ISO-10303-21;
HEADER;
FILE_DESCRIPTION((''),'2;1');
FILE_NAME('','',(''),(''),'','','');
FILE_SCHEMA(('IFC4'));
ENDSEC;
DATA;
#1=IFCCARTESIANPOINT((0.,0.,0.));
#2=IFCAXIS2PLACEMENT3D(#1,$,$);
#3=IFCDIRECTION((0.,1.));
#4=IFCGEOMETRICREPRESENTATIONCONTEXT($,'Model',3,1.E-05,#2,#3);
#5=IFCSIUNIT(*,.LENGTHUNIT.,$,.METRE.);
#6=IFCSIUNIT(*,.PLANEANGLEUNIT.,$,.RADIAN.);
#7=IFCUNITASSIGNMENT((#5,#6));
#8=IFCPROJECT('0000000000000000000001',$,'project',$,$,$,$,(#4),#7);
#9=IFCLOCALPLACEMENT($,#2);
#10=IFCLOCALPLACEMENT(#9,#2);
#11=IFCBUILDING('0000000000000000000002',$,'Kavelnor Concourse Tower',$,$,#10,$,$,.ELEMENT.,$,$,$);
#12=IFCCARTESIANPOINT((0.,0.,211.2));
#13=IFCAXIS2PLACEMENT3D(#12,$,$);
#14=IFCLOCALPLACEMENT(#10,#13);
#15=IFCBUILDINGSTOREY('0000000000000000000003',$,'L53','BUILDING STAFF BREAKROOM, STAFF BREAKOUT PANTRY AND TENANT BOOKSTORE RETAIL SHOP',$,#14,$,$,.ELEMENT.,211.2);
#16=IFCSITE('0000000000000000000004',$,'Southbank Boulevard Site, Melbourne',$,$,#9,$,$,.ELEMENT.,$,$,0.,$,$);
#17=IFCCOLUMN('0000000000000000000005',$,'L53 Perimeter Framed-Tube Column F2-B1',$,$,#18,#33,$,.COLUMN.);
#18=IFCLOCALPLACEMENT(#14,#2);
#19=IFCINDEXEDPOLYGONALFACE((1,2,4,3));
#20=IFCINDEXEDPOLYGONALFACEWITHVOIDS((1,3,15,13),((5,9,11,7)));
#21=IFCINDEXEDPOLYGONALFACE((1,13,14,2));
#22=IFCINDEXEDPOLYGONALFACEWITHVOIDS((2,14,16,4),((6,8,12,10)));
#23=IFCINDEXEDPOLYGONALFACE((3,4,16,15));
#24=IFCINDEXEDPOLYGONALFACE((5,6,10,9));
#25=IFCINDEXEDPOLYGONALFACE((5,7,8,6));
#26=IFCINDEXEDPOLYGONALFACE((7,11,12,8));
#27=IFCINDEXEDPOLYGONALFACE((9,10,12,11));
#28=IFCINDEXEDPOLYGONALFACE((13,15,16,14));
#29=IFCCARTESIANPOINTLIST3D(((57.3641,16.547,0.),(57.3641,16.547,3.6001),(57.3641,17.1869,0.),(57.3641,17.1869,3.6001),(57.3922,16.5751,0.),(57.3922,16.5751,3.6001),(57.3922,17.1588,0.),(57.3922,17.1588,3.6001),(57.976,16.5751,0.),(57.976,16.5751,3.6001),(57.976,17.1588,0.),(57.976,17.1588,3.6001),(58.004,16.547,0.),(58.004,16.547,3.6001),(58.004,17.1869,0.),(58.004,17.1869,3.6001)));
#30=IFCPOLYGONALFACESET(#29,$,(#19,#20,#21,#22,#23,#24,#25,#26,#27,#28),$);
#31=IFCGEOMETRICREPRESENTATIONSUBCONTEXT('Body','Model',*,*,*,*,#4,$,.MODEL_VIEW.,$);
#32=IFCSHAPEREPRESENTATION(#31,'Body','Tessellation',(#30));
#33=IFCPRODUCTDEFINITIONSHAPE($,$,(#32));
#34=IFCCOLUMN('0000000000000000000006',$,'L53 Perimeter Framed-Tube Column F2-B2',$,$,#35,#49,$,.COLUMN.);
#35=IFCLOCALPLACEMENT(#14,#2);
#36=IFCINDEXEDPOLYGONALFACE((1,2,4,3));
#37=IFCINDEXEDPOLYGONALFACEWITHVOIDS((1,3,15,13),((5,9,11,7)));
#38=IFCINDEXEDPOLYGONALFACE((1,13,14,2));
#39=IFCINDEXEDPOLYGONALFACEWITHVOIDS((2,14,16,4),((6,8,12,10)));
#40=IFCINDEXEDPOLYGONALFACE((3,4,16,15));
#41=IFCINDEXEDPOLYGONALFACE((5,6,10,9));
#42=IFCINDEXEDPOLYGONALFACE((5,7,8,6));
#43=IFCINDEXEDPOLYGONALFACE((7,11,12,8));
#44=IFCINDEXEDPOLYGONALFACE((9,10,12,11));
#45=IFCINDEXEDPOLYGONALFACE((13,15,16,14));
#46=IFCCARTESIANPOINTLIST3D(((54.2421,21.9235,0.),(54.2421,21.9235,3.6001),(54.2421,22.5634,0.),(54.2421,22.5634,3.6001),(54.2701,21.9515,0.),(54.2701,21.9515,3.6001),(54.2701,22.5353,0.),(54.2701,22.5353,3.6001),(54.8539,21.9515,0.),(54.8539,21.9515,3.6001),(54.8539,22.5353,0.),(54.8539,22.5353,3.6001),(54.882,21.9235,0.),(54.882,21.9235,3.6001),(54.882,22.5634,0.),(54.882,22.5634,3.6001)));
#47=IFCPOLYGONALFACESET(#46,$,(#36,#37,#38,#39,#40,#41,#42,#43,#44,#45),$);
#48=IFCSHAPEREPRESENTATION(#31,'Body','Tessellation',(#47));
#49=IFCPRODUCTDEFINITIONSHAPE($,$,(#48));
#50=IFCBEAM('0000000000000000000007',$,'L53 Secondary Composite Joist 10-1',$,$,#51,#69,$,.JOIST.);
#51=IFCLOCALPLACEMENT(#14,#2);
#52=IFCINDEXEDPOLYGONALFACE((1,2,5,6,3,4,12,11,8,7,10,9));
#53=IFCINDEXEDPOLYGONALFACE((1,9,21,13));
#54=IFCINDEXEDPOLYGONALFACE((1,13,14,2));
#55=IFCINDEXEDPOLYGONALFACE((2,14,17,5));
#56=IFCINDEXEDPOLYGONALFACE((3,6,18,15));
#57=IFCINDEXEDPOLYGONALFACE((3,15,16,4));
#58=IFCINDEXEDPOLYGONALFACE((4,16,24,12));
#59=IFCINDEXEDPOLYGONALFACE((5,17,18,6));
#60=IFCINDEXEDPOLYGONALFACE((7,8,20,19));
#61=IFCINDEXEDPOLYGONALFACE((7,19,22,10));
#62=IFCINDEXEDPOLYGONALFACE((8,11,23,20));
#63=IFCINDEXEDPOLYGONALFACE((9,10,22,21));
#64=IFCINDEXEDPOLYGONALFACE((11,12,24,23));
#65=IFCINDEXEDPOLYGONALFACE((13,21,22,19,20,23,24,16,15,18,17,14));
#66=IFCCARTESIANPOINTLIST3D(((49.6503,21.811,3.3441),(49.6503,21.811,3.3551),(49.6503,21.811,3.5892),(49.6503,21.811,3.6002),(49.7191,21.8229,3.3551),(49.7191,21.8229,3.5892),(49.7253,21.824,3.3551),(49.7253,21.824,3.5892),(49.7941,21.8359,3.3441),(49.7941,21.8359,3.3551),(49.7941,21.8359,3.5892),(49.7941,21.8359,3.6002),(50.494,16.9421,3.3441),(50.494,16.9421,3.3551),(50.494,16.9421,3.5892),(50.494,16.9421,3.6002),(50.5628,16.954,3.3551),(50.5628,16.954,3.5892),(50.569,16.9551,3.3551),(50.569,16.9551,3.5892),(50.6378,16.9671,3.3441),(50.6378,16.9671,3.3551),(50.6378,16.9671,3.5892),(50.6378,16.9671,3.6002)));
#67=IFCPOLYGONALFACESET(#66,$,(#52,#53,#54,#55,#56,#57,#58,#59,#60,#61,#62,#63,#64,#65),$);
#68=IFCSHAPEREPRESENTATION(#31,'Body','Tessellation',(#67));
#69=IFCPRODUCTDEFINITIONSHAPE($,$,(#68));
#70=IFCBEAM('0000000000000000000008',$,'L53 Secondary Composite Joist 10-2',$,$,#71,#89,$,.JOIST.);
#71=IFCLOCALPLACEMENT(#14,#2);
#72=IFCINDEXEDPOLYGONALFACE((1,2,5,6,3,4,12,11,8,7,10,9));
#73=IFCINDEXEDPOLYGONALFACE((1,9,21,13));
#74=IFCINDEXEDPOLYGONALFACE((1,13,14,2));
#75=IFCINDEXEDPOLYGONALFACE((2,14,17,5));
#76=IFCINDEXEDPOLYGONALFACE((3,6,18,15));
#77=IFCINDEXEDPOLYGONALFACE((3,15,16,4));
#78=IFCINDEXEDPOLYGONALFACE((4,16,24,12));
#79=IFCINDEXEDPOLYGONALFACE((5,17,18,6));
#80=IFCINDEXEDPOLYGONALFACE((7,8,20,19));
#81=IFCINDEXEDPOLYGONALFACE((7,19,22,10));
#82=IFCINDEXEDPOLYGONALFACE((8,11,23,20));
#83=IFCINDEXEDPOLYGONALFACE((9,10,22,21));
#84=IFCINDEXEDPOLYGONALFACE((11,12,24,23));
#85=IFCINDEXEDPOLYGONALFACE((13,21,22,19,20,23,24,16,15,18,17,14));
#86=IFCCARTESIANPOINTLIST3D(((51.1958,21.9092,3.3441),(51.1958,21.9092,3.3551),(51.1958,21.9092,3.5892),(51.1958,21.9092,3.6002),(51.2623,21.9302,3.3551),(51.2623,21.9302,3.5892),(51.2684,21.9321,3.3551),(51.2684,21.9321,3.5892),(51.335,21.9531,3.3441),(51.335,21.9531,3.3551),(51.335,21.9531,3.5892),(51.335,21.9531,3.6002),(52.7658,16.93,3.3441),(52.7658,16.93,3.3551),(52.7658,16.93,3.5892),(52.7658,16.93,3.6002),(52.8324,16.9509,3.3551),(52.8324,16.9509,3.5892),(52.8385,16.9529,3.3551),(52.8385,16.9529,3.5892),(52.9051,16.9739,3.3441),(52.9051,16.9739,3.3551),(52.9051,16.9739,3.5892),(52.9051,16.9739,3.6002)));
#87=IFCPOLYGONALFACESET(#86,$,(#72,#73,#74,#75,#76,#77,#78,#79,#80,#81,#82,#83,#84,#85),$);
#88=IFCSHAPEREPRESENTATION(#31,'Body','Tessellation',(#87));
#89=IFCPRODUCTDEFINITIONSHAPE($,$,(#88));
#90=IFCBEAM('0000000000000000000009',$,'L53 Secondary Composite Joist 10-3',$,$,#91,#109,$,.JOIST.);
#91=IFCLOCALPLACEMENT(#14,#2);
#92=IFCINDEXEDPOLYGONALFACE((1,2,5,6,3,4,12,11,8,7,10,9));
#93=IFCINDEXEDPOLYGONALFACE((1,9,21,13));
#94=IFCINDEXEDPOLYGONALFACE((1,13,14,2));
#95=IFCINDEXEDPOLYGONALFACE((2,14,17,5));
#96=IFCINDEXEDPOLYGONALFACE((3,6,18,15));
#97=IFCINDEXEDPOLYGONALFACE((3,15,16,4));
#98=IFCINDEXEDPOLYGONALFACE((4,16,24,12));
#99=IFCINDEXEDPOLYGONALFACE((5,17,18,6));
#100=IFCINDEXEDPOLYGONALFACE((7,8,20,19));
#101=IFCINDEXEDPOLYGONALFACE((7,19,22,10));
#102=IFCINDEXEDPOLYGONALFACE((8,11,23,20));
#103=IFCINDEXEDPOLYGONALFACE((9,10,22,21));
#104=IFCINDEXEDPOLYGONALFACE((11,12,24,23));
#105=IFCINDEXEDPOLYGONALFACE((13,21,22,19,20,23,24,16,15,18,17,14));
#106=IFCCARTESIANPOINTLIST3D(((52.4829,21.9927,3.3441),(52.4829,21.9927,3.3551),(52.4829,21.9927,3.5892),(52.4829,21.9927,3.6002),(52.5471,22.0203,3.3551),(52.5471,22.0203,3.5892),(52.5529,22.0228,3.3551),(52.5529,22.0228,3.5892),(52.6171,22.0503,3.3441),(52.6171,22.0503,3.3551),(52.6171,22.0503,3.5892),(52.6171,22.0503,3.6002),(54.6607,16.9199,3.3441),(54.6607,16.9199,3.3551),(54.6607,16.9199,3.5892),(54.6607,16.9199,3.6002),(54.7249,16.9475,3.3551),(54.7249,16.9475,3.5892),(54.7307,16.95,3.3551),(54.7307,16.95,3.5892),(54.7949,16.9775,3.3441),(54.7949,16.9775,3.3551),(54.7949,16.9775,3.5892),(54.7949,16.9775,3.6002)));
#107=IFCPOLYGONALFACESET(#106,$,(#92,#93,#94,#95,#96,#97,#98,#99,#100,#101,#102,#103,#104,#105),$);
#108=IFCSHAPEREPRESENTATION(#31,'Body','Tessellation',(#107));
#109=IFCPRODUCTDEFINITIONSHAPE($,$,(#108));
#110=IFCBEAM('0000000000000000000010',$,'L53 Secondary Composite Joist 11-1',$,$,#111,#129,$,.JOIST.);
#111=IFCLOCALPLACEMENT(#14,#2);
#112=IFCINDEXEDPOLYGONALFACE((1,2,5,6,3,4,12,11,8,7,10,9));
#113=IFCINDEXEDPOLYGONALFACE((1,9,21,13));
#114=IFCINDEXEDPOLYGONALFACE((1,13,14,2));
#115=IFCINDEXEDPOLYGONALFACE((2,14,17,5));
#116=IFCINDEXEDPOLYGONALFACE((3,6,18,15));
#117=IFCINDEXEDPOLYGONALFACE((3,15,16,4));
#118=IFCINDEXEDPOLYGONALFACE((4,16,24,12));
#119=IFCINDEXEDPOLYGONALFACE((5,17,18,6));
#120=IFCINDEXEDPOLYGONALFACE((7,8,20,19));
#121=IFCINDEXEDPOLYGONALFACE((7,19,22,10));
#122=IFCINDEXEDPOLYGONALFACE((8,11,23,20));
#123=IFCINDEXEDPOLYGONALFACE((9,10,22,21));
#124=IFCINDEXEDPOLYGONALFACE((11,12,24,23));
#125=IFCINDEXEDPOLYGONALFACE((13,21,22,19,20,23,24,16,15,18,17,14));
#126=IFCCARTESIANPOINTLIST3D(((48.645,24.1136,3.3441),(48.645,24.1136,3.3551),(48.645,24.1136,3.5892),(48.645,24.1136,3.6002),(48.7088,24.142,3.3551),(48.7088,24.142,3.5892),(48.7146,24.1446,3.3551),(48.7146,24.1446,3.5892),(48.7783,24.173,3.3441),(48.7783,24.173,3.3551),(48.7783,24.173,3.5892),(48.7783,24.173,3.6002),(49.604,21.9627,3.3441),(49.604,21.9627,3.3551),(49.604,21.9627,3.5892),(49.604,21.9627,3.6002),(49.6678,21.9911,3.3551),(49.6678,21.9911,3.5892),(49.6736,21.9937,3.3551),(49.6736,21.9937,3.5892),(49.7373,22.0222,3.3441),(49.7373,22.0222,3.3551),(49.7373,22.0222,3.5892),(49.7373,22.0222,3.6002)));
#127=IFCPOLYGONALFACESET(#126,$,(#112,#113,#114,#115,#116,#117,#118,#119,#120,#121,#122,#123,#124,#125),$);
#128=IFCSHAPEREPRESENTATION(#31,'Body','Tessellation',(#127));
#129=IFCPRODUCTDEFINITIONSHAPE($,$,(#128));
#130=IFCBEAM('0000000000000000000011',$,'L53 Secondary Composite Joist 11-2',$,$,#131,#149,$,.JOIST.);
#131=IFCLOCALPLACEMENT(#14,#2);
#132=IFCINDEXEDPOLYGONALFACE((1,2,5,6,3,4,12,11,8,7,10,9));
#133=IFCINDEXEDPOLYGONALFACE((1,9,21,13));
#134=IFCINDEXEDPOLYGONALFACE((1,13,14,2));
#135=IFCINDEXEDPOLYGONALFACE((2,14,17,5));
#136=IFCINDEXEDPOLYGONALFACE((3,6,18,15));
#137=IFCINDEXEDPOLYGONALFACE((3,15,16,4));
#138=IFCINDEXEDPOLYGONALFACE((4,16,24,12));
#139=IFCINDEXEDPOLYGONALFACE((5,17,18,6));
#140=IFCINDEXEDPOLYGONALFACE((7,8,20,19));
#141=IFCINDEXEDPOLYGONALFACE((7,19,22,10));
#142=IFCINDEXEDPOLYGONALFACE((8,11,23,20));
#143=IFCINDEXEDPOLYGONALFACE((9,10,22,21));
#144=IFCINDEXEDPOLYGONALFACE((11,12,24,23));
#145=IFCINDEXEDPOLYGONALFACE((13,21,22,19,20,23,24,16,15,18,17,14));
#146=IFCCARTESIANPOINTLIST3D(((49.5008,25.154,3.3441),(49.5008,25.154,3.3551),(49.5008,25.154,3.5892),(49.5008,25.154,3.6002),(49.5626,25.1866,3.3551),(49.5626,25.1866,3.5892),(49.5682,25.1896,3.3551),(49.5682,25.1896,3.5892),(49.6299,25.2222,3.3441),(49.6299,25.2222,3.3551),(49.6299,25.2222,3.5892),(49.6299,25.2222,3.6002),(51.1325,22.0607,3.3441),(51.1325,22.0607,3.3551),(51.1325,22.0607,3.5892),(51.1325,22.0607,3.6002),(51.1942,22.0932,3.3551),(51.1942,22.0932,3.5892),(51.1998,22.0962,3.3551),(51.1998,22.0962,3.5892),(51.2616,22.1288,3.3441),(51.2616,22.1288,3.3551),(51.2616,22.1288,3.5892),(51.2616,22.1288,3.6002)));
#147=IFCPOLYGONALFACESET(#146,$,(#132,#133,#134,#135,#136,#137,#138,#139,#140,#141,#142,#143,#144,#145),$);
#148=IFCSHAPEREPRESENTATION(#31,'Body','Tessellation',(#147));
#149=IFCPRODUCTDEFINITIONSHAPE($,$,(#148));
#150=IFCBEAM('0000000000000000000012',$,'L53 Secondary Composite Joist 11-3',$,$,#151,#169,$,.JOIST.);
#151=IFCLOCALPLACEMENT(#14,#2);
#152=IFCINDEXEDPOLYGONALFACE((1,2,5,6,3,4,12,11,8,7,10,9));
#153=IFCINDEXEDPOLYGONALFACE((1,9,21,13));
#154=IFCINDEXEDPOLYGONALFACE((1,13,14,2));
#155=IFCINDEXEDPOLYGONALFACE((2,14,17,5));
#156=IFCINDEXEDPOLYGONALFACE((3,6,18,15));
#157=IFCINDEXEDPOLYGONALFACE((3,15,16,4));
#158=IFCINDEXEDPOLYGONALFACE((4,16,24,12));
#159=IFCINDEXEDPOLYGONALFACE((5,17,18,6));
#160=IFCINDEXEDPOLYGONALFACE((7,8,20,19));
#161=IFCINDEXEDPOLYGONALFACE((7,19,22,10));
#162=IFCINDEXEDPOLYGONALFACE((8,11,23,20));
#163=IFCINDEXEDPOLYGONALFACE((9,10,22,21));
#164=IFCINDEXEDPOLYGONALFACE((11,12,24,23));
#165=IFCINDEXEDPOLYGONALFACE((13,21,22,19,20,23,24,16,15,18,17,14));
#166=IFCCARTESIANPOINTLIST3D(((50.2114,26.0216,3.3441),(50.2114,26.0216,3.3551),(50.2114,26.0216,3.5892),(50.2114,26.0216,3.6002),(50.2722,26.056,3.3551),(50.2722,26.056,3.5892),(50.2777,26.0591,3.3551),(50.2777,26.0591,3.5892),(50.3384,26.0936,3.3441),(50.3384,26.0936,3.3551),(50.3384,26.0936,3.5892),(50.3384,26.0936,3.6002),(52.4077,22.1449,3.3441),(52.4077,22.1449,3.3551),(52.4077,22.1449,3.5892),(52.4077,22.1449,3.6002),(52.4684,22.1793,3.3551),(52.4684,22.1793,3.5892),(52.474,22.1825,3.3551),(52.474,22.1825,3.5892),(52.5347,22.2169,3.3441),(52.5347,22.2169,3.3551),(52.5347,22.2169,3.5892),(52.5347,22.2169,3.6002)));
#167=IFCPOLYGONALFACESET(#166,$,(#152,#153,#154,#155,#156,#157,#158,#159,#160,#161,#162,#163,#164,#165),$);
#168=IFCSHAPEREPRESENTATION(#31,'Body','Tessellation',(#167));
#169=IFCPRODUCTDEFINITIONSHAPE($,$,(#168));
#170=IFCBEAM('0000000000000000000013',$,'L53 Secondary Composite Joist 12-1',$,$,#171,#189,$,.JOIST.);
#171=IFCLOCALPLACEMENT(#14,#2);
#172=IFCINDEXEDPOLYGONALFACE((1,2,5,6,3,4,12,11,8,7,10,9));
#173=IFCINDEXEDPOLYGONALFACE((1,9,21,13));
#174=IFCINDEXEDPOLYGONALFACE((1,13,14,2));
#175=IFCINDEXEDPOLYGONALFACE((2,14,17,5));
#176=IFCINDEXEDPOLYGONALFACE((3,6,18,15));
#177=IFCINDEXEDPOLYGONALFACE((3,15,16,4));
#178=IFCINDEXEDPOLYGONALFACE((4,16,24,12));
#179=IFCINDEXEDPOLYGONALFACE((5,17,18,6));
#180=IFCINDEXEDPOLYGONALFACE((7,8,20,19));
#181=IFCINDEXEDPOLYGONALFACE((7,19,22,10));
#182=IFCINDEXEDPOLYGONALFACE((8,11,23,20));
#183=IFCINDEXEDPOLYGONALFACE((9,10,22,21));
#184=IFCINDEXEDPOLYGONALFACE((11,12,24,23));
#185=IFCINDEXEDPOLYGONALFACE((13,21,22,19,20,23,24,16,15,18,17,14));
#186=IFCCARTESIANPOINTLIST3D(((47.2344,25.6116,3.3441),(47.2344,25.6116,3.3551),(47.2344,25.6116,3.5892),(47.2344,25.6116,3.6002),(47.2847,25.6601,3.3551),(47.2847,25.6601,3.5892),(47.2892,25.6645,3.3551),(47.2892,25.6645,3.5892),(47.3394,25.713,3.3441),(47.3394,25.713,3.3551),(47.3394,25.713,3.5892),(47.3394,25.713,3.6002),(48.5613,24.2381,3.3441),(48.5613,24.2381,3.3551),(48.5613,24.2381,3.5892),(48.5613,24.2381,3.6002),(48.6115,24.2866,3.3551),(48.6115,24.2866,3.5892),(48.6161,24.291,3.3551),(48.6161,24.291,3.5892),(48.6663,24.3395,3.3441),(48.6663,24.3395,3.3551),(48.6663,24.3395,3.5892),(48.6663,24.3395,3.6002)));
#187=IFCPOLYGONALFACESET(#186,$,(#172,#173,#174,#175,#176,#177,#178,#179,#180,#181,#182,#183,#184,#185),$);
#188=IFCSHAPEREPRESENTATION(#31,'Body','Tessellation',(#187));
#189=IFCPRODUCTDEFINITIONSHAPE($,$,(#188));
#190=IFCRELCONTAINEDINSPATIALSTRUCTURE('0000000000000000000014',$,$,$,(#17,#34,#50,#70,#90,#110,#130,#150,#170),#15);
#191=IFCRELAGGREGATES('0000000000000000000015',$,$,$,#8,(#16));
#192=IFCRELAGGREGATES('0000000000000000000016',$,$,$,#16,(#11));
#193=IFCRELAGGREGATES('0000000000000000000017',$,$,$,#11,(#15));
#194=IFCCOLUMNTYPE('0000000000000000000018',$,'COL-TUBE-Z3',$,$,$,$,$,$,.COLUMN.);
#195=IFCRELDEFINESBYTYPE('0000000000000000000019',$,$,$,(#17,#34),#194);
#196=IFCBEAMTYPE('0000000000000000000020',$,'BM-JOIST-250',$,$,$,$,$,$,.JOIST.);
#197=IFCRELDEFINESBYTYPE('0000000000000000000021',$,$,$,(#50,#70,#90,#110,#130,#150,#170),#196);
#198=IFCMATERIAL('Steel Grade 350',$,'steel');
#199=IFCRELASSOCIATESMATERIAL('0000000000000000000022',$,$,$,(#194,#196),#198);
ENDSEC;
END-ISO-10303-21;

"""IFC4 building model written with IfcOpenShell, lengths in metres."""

from ifc_helpers import new_model, si_unit, direction, frame, origin, origin_2d, place, context, subcontext, project, spatial, hollow_rectangle, i_section, extrude, material, material_profile, profile_set, type_object, element, save


model = new_model("IFC4")

# Units and contexts
model_context = context("Model", 3, precision=1e-05, world=origin(), true_north=direction((0.0, 1.0)))
body_context = subcontext(model_context, "Body", "Model", "MODEL_VIEW")
ifc_project = project(units=[si_unit("LENGTHUNIT", "METRE"), si_unit("PLANEANGLEUNIT", "RADIAN")], contexts=[model_context])

# Site, building, storey
site_placement = place(None, origin())
site = spatial("IfcSite", under=ifc_project, at=site_placement, Name="Southbank Boulevard Site, Melbourne", CompositionType="ELEMENT", RefElevation=0.0)
building_placement = place(site_placement, origin())
building = spatial("IfcBuilding", under=site, at=building_placement, Name="Kavelnor Concourse Tower", CompositionType="ELEMENT")
storey_placement = place(building_placement, frame((0.0, 0.0, 211.2)))
storey = spatial("IfcBuildingStorey", under=building, at=storey_placement, Name="L53", Description="BUILDING STAFF BREAKROOM, STAFF BREAKOUT PANTRY AND TENANT BOOKSTORE RETAIL SHOP", CompositionType="ELEMENT", Elevation=211.2)

# Columns
ifc_material_1 = material(Name="Steel Grade 350", Category="steel")
ifc_material_profile_1 = material_profile(ifc_material_1, hollow_rectangle(XDim=0.6399, YDim=0.6399, WallThickness=0.0281, at=origin_2d()), Name="SHS 640x640x28")
ifc_profile_set_1 = profile_set([ifc_material_profile_1], Name="Steel Grade 350")
column_type = type_object("IfcColumnType", Name="COL-TUBE-Z3", PredefinedType="COLUMN", material=ifc_profile_set_1)
for number, where, z_axis, x_axis, name in (
    (1, (57.6841, 16.8669, 0.0), (0.0, 0.0, 1.0), (1.0, 0.0, 0.0), "L53 Perimeter Framed-Tube Column F2-B1"),
    (2, (54.562, 22.2434, 0.0), (0.0, 0.0, 1.0), (1.0, 0.0, 0.0), "L53 Perimeter Framed-Tube Column F2-B2"),
):
    element("IfcColumn", number, at=place(storey_placement, frame(where, z_axis=z_axis, x_axis=x_axis)), inside=storey, type_object=column_type, Name=name, PredefinedType="COLUMN", context=body_context, shape_type="SweptSolid", body=[
        extrude(hollow_rectangle(XDim=0.6399, YDim=0.6399, WallThickness=0.0281, at=origin_2d()), origin(), (0.0, 0.0, 1.0), 3.6001),
    ])

# Beams
ifc_material_profile_2 = material_profile(ifc_material_1, i_section(OverallWidth=0.146, OverallDepth=0.2561, WebThickness=0.0063, FlangeThickness=0.011, at=origin_2d()), Name="250UB37")
ifc_profile_set_2 = profile_set([ifc_material_profile_2], Name="Steel Grade 350")
beam_type_1 = type_object("IfcBeamType", Name="BM-JOIST-250", PredefinedType="JOIST", material=ifc_profile_set_2)
beam_1_placement = place(storey_placement, frame((50.5659, 16.9546, 3.4722), z_axis=(-0.170749, 0.985315, 0.0), x_axis=(-0.985315, -0.170749, 0.0)))
element("IfcBeam", 3, at=beam_1_placement, inside=storey, type_object=beam_type_1, Name="L53 Secondary Composite Joist 10-1", PredefinedType="JOIST", context=body_context, shape_type="SweptSolid", body=[
    extrude(i_section(OverallWidth=0.146, OverallDepth=0.2561, WebThickness=0.0063, FlangeThickness=0.011, at=origin_2d()), origin(), (0.0, 0.0, 1.0), 4.9414),
])
beam_2_placement = place(storey_placement, frame((52.8354, 16.9519, 3.4722), z_axis=(-0.300726, 0.95371, 0.0), x_axis=(-0.95371, -0.300726, 0.0)))
element("IfcBeam", 4, at=beam_2_placement, inside=storey, type_object=beam_type_1, Name="L53 Secondary Composite Joist 10-2", PredefinedType="JOIST", context=body_context, shape_type="SweptSolid", body=[
    extrude(i_section(OverallWidth=0.146, OverallDepth=0.2561, WebThickness=0.0063, FlangeThickness=0.011, at=origin_2d()), origin(), (0.0, 0.0, 1.0), 5.2209),
])
beam_3_placement = place(storey_placement, frame((54.7278, 16.9487, 3.4722), z_axis=(-0.394485, 0.918902, 0.0), x_axis=(-0.918902, -0.394485, 0.0)))
element("IfcBeam", 5, at=beam_3_placement, inside=storey, type_object=beam_type_1, Name="L53 Secondary Composite Joist 10-3", PredefinedType="JOIST", context=body_context, shape_type="SweptSolid", body=[
    extrude(i_section(OverallWidth=0.146, OverallDepth=0.2561, WebThickness=0.0063, FlangeThickness=0.011, at=origin_2d()), origin(), (0.0, 0.0, 1.0), 5.5205),
])
beam_4_placement = place(storey_placement, frame((49.6707, 21.9924, 3.4722), z_axis=(-0.407215, 0.913332, 0.0), x_axis=(-0.913332, -0.407215, 0.0)))
element("IfcBeam", 6, at=beam_4_placement, inside=storey, type_object=beam_type_1, Name="L53 Secondary Composite Joist 11-1", PredefinedType="JOIST", context=body_context, shape_type="SweptSolid", body=[
    extrude(i_section(OverallWidth=0.146, OverallDepth=0.2561, WebThickness=0.0063, FlangeThickness=0.011, at=origin_2d()), origin(), (0.0, 0.0, 1.0), 2.355),
])
beam_5_placement = place(storey_placement, frame((51.197, 22.0947, 3.4722), z_axis=(-0.466543, 0.884498, 0.0), x_axis=(-0.884498, -0.466543, 0.0)))
element("IfcBeam", 7, at=beam_5_placement, inside=storey, type_object=beam_type_1, Name="L53 Secondary Composite Joist 11-2", PredefinedType="JOIST", context=body_context, shape_type="SweptSolid", body=[
    extrude(i_section(OverallWidth=0.146, OverallDepth=0.2561, WebThickness=0.0063, FlangeThickness=0.011, at=origin_2d()), origin(), (0.0, 0.0, 1.0), 3.4973),
])
beam_6_placement = place(storey_placement, frame((52.4712, 22.1809, 3.4722), z_axis=(-0.492925, 0.870072, 0.0), x_axis=(-0.870072, -0.492925, 0.0)))
element("IfcBeam", 8, at=beam_6_placement, inside=storey, type_object=beam_type_1, Name="L53 Secondary Composite Joist 11-3", PredefinedType="JOIST", context=body_context, shape_type="SweptSolid", body=[
    extrude(i_section(OverallWidth=0.146, OverallDepth=0.2561, WebThickness=0.0063, FlangeThickness=0.011, at=origin_2d()), origin(), (0.0, 0.0, 1.0), 4.4556),
])
beam_7_placement = place(storey_placement, frame((48.6138, 24.2888, 3.4722), z_axis=(-0.694793, 0.71921, 0.0), x_axis=(-0.71921, -0.694793, 0.0)))
element("IfcBeam", 9, at=beam_7_placement, inside=storey, type_object=beam_type_1, Name="L53 Secondary Composite Joist 12-1", PredefinedType="JOIST", context=body_context, shape_type="SweptSolid", body=[
    extrude(i_section(OverallWidth=0.146, OverallDepth=0.2561, WebThickness=0.0063, FlangeThickness=0.011, at=origin_2d()), origin(), (0.0, 0.0, 1.0), 1.9097),
])

save(model, "model.ifc")
